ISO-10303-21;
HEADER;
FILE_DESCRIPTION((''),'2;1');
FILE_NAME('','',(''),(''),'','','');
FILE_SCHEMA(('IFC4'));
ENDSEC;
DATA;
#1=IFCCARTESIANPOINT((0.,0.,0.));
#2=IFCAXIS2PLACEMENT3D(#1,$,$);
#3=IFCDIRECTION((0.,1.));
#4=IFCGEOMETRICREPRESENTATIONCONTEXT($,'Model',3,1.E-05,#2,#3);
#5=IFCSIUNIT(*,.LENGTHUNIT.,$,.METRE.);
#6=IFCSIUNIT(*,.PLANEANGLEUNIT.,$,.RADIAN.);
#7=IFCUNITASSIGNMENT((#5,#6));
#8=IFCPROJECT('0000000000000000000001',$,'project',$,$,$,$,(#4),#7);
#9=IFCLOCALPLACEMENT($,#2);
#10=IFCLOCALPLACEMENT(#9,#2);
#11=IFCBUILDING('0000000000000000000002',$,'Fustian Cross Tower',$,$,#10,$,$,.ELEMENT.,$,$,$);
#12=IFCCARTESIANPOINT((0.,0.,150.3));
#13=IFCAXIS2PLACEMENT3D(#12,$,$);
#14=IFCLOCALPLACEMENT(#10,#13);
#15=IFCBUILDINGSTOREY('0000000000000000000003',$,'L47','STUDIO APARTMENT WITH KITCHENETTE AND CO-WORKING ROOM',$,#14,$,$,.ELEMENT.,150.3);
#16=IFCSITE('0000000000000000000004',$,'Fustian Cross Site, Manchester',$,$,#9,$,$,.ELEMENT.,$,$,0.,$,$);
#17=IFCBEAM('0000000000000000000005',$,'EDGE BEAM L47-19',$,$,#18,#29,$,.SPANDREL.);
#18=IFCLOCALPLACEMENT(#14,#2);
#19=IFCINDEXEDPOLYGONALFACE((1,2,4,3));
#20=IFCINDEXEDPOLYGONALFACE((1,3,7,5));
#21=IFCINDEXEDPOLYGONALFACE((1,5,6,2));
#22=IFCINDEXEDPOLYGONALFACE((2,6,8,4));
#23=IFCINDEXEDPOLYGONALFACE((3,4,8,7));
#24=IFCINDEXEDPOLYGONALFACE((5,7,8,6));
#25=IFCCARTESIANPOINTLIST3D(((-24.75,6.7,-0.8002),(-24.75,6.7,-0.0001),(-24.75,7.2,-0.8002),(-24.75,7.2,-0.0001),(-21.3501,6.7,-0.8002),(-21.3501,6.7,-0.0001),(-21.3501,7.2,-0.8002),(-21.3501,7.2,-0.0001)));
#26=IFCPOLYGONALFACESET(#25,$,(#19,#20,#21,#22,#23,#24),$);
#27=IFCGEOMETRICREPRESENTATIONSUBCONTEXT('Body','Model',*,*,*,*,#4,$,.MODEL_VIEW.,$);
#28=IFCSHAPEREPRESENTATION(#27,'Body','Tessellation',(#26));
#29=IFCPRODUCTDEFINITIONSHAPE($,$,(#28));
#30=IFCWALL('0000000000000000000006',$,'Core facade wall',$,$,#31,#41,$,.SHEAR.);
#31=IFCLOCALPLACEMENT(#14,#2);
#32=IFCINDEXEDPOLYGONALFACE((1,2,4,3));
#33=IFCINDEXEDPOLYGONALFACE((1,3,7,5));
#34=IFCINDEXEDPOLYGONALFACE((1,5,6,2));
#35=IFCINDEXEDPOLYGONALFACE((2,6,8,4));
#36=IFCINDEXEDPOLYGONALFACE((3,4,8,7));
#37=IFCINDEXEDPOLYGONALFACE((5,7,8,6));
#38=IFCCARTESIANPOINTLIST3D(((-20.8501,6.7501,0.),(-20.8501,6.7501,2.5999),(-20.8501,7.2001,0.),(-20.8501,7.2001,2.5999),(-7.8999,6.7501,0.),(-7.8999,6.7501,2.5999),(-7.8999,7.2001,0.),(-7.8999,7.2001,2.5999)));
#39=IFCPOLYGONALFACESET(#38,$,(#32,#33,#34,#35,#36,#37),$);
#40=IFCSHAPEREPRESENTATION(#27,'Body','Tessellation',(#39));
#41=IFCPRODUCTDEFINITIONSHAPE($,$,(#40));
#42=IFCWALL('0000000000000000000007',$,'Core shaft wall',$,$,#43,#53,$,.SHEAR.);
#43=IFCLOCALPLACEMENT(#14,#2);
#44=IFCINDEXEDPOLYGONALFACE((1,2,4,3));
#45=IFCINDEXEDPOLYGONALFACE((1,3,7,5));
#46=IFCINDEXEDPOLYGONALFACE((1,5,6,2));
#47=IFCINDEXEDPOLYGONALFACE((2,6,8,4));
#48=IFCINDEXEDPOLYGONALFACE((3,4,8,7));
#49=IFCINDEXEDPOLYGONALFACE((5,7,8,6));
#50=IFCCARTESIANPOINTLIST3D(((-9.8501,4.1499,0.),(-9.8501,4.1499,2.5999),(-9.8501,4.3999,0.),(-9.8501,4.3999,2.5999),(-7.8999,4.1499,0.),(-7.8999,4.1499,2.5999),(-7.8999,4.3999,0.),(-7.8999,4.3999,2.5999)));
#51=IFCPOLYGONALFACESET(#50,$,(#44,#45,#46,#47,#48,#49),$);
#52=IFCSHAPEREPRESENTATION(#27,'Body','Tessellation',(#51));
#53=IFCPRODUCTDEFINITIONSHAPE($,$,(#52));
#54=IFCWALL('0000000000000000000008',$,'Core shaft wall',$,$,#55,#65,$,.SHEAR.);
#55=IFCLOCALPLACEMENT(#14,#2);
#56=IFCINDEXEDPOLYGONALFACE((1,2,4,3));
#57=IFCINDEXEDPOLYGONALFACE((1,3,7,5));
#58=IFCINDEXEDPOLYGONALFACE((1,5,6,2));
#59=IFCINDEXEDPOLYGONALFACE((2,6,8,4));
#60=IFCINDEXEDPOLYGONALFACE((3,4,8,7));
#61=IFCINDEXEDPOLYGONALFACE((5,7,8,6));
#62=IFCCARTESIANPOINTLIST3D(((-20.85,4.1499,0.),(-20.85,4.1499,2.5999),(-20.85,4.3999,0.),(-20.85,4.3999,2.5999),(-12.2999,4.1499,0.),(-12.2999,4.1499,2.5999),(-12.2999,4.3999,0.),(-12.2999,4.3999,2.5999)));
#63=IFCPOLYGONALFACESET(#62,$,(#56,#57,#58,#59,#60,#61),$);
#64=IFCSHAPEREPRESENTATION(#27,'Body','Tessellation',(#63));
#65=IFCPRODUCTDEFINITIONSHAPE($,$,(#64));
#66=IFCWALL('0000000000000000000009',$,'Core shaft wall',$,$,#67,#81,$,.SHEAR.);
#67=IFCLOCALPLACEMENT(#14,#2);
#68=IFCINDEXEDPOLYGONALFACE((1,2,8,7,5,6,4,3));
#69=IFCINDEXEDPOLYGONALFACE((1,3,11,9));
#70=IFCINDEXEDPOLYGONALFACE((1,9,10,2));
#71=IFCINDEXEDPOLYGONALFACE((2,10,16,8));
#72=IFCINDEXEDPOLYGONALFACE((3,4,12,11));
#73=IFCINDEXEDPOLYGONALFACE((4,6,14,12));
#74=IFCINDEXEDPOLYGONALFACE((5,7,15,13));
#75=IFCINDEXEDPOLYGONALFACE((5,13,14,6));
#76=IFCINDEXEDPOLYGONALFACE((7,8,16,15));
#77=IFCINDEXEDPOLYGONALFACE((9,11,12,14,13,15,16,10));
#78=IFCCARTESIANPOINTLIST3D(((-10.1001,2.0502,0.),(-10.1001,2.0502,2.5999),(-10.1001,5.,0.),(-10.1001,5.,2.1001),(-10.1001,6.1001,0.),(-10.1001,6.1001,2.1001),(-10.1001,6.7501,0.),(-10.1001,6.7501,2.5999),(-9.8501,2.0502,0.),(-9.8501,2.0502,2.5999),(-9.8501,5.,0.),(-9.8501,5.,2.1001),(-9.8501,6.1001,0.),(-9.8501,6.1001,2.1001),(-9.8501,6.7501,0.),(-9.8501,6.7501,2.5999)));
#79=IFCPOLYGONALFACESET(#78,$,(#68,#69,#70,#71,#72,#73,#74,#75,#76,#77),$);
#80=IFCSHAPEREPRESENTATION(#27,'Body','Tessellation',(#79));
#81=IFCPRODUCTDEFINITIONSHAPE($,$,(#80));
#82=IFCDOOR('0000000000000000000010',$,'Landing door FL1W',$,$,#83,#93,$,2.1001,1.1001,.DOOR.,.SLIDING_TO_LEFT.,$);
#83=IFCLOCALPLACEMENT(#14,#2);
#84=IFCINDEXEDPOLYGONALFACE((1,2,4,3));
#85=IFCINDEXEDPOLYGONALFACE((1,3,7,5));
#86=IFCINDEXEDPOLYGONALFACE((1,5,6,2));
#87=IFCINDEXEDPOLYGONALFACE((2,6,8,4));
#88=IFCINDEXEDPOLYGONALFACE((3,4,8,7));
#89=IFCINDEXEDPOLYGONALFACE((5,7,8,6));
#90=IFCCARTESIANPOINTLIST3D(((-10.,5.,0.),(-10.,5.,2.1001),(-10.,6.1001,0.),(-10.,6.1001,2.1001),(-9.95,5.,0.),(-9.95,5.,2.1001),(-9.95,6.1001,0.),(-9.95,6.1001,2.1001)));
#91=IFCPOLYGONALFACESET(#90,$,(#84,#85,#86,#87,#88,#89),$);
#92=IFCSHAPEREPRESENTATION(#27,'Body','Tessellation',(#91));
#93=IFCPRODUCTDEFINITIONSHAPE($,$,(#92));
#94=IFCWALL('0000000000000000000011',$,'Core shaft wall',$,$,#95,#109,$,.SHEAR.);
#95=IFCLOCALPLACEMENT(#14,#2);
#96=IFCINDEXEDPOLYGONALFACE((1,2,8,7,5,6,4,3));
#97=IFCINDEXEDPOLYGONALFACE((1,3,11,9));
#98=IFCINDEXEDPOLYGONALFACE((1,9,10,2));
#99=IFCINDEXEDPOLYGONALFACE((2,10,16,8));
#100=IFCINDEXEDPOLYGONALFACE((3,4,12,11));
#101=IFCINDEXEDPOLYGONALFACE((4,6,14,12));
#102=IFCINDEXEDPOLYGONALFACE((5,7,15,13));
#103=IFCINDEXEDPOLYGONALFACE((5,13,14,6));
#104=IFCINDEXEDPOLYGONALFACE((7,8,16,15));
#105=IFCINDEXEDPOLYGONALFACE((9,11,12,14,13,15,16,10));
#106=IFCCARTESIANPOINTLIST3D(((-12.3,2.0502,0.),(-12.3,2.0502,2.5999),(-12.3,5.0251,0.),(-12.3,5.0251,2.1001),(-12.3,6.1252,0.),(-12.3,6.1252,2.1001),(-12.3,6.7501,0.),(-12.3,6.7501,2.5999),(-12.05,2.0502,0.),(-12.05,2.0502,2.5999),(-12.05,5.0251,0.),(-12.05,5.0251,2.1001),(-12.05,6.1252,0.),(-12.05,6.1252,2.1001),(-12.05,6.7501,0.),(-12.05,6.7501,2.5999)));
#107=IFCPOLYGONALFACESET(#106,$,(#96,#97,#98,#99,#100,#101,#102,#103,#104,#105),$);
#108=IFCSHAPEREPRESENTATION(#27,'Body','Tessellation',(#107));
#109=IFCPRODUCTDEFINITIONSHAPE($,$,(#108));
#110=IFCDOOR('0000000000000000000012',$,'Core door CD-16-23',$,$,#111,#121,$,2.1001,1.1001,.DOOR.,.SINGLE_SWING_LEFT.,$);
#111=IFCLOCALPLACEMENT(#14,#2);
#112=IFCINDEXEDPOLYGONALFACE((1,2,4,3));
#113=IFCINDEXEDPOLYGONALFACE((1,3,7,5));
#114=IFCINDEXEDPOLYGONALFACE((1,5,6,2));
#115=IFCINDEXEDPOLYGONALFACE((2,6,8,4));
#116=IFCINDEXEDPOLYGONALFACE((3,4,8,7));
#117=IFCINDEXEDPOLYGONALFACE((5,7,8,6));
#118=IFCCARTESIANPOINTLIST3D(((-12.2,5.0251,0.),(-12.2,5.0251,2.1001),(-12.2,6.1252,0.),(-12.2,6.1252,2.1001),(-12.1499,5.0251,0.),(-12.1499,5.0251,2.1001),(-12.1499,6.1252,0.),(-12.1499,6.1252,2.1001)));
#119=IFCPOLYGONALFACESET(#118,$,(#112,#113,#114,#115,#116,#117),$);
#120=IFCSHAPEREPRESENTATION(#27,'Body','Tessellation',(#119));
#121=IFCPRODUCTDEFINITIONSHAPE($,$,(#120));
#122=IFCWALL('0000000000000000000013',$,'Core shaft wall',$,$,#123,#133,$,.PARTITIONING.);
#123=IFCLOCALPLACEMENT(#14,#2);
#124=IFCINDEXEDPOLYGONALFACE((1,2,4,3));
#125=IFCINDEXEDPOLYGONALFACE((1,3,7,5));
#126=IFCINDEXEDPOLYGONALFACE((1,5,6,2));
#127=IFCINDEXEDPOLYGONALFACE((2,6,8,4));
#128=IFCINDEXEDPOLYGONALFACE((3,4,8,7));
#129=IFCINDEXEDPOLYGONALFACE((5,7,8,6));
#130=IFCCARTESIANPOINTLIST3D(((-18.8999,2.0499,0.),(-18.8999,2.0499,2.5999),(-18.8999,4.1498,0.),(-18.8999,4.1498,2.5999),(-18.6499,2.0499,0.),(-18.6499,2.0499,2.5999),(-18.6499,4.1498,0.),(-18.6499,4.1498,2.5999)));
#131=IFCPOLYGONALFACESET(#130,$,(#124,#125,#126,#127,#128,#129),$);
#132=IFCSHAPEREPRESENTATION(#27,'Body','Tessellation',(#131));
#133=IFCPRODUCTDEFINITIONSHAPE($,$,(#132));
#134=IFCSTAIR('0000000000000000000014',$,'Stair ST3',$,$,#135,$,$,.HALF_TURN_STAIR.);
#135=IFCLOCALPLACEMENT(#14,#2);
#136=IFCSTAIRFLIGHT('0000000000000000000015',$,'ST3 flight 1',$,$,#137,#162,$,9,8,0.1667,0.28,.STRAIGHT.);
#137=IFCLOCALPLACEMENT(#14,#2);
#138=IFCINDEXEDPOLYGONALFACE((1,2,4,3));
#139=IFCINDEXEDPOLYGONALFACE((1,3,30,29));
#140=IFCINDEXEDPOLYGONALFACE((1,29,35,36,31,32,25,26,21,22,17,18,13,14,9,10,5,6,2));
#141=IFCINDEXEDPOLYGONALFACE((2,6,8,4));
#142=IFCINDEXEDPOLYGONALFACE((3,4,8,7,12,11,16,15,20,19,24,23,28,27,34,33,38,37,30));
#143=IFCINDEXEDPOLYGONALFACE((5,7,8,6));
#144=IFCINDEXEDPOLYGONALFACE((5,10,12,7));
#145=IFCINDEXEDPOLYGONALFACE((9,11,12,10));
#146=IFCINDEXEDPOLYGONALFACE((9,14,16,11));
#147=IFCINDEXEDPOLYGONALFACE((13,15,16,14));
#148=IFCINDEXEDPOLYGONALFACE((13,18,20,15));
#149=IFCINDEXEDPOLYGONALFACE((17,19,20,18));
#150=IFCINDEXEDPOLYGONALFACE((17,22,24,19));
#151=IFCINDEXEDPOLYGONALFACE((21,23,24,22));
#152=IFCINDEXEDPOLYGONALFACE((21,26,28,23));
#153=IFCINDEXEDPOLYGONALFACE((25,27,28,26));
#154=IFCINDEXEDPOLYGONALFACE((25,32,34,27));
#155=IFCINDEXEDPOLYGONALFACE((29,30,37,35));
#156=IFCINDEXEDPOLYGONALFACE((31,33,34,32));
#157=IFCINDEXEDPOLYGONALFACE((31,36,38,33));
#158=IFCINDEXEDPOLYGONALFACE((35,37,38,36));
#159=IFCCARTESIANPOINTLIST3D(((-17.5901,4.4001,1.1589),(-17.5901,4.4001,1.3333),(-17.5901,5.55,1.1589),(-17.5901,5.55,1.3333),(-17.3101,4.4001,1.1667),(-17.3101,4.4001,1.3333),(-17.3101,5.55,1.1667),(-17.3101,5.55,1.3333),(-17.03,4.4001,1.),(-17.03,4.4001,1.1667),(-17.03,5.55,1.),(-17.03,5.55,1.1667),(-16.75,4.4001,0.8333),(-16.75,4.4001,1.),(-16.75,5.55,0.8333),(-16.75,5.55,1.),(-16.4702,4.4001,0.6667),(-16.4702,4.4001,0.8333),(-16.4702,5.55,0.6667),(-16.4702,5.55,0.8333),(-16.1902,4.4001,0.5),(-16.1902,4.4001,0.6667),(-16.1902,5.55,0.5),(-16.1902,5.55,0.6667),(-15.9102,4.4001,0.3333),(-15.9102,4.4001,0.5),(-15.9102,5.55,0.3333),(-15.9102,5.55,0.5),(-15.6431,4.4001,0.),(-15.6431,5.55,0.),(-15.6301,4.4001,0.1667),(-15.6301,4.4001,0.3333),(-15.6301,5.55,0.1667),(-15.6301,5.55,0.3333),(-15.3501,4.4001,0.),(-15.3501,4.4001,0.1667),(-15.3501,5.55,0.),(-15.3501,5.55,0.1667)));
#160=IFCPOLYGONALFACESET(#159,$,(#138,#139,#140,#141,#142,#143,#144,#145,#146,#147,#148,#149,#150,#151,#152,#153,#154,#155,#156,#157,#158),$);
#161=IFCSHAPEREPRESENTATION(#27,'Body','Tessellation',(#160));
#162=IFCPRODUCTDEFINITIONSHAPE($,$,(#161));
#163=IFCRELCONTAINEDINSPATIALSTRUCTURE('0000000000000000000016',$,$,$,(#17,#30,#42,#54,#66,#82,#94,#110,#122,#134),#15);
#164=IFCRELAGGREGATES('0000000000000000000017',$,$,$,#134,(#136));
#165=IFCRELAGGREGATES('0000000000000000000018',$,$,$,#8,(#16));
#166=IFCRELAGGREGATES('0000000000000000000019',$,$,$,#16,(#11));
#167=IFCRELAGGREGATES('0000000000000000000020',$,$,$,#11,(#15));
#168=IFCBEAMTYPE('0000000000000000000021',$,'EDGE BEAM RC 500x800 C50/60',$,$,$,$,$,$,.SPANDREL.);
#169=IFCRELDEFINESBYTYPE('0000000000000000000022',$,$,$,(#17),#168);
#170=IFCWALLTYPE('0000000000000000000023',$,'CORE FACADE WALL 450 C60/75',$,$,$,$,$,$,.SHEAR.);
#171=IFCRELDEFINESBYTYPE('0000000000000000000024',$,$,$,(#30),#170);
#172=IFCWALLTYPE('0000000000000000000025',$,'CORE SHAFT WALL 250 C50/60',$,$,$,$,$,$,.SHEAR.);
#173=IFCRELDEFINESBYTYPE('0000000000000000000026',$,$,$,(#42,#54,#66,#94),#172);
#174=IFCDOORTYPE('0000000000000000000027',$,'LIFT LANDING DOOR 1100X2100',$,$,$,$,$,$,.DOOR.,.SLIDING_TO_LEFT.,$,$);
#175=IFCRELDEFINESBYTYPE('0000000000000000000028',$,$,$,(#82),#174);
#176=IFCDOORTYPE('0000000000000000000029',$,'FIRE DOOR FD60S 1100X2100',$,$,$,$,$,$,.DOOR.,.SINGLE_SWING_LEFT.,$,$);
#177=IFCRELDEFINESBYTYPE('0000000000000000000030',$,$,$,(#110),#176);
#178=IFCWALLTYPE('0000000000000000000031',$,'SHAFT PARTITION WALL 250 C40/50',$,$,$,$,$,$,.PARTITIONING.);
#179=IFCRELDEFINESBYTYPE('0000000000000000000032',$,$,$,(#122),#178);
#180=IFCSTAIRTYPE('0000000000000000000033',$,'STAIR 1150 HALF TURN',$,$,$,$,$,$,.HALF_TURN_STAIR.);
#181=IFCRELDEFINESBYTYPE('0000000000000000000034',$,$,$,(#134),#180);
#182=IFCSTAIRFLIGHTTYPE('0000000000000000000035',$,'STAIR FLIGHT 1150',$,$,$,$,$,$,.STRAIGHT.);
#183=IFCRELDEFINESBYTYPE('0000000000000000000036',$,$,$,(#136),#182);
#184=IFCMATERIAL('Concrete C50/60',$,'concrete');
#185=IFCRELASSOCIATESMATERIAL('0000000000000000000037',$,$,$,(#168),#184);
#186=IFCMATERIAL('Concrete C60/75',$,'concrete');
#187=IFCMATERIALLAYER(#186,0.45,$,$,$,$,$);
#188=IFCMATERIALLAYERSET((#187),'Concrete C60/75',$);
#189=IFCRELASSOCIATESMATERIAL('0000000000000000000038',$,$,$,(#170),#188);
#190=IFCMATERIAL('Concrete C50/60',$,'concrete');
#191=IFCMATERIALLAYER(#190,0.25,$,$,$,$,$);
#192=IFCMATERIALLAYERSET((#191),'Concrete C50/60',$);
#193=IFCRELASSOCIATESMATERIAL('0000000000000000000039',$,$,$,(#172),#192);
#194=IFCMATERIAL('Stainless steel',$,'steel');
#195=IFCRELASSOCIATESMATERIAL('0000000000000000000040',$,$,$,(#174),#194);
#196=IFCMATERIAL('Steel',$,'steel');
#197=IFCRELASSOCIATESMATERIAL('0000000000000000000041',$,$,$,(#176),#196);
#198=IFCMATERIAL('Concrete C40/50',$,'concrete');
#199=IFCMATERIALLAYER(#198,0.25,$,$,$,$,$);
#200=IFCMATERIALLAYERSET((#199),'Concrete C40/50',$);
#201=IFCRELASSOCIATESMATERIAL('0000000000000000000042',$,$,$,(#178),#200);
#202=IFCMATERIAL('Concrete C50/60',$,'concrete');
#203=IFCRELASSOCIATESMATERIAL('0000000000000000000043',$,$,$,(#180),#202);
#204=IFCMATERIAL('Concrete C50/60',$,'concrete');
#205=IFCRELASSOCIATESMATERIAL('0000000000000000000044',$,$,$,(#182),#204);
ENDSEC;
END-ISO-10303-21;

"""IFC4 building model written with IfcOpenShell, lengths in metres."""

from ifc_helpers import new_model, si_unit, direction, frame, frame_2d, origin, origin_2d, place, context, subcontext, project, spatial, polyline, rectangle, outline, extrude, material, layer, layer_set, material_profile, profile_set, type_object, element, fill, aggregate, save


model = new_model("IFC4")

# Units and contexts
model_context = context("Model", 3, precision=1e-05, world=origin(), true_north=direction((0.0, 1.0)))
body_context = subcontext(model_context, "Body", "Model", "MODEL_VIEW")
ifc_project = project(units=[si_unit("LENGTHUNIT", "METRE"), si_unit("PLANEANGLEUNIT", "RADIAN")], contexts=[model_context])

# Site, building, storey
site_placement = place(None, origin())
site = spatial("IfcSite", under=ifc_project, at=site_placement, Name="Fustian Cross Site, Manchester", CompositionType="ELEMENT", RefElevation=0.0)
building_placement = place(site_placement, origin())
building = spatial("IfcBuilding", under=site, at=building_placement, Name="Fustian Cross Tower", CompositionType="ELEMENT")
storey_placement = place(building_placement, frame((0.0, 0.0, 150.3)))
storey = spatial("IfcBuildingStorey", under=building, at=storey_placement, Name="L47", Description="STUDIO APARTMENT WITH KITCHENETTE AND CO-WORKING ROOM", CompositionType="ELEMENT", Elevation=150.3)

# Beam
ifc_material_1 = material(Name="Concrete C50/60", Category="concrete")
ifc_material_profile = material_profile(ifc_material_1, rectangle(XDim=0.5, YDim=0.8, at=origin_2d()), Name="RC 500x800")
ifc_profile_set = profile_set([ifc_material_profile], Name="Concrete C50/60")
beam_type = type_object("IfcBeamType", Name="EDGE BEAM RC 500x800 C50/60", PredefinedType="SPANDREL", material=ifc_profile_set)
beam_placement = place(storey_placement, frame((-21.3501, 6.95, -0.4001), z_axis=(-1.0, 0.0, 0.0), x_axis=(0.0, -1.0, 0.0)))
element("IfcBeam", 1, at=beam_placement, inside=storey, type_object=beam_type, Name="EDGE BEAM L47-19", PredefinedType="SPANDREL", context=body_context, shape_type="SweptSolid", body=[
    extrude(rectangle(XDim=0.5, YDim=0.8, at=origin_2d()), origin(), (0.0, 0.0, 1.0), 3.3999),
])

# Walls
ifc_material_2 = material(Name="Concrete C60/75", Category="concrete")
ifc_layer_1 = layer(ifc_material_2, 0.45)
ifc_layer_set_1 = layer_set([ifc_layer_1], Name="Concrete C60/75")
wall_type_1 = type_object("IfcWallType", Name="CORE FACADE WALL 450 C60/75", PredefinedType="SHEAR", material=ifc_layer_set_1)
wall_1_placement = place(storey_placement, frame((-7.8999, 6.9751, 0.0), z_axis=(0.0, 0.0, 1.0), x_axis=(-1.0, 0.0, 0.0)))
element("IfcWall", 2, at=wall_1_placement, inside=storey, type_object=wall_type_1, Name="Core facade wall", PredefinedType="SHEAR", context=body_context, shape_type="SweptSolid", body=[
    extrude(rectangle(XDim=12.9502, YDim=0.45, at=frame_2d((6.4751, 0.0))), origin(), (0.0, 0.0, 1.0), 2.5999),
])
ifc_material_3 = material(Name="Concrete C50/60", Category="concrete")
ifc_layer_2 = layer(ifc_material_3, 0.25)
ifc_layer_set_2 = layer_set([ifc_layer_2], Name="Concrete C50/60")
wall_type_2 = type_object("IfcWallType", Name="CORE SHAFT WALL 250 C50/60", PredefinedType="SHEAR", material=ifc_layer_set_2)
wall_2_placement = place(storey_placement, frame((-7.8999, 4.2749, 0.0), z_axis=(0.0, 0.0, 1.0), x_axis=(-1.0, 0.0, 0.0)))
element("IfcWall", 3, at=wall_2_placement, inside=storey, type_object=wall_type_2, Name="Core shaft wall", PredefinedType="SHEAR", context=body_context, shape_type="SweptSolid", body=[
    extrude(rectangle(XDim=1.9502, YDim=0.25, at=frame_2d((0.9751, 0.0))), origin(), (0.0, 0.0, 1.0), 2.5999),
])
wall_3_placement = place(storey_placement, frame((-12.3, 4.2749, 0.0), z_axis=(0.0, 0.0, 1.0), x_axis=(-1.0, 0.0, 0.0)))
element("IfcWall", 4, at=wall_3_placement, inside=storey, type_object=wall_type_2, Name="Core shaft wall", PredefinedType="SHEAR", context=body_context, shape_type="SweptSolid", body=[
    extrude(rectangle(XDim=8.55, YDim=0.25, at=frame_2d((4.2749, 0.0))), origin(), (0.0, 0.0, 1.0), 2.5999),
])

# Walls, openings, doors
wall_4_placement = place(storey_placement, frame((-9.9751, 2.05, 0.0), z_axis=(0.0, 0.0, 1.0), x_axis=(0.0, 1.0, 0.0)))
wall_4 = element("IfcWall", 5, at=wall_4_placement, inside=storey, type_object=wall_type_2, Name="Core shaft wall", PredefinedType="SHEAR", context=body_context, shape_type="SweptSolid", body=[
    extrude(rectangle(XDim=4.7, YDim=0.25, at=frame_2d((2.3501, 0.0))), origin(), (0.0, 0.0, 1.0), 2.5999),
])
opening_1_placement = place(wall_4_placement, frame((2.95, 0.0, 0.0)))
opening_1 = element("IfcOpeningElement", 6, at=opening_1_placement, cuts=wall_4, PredefinedType="OPENING", context=body_context, shape_type="SweptSolid", body=[
    extrude(rectangle(XDim=1.1001, YDim=2.1001, at=frame_2d((0.55, 1.05))), frame((0.0, 0.135, 0.0), z_axis=(0.0, -1.0, 0.0), x_axis=(1.0, 0.0, 0.0)), (0.0, 0.0, 1.0), 0.27),
])
ifc_material_4 = material(Name="Stainless steel", Category="steel")
door_type_1 = type_object("IfcDoorType", Name="LIFT LANDING DOOR 1100X2100", OperationType="SLIDING_TO_LEFT", PredefinedType="DOOR", material=ifc_material_4)
door_1_placement = place(opening_1_placement, origin())
door_1 = element("IfcDoor", 7, at=door_1_placement, inside=storey, type_object=door_type_1, Name="Landing door FL1W", OperationType="SLIDING_TO_LEFT", OverallHeight=2.1001, OverallWidth=1.1001, PredefinedType="DOOR", context=body_context, shape_type="SweptSolid", body=[
    extrude(rectangle(XDim=1.1001, YDim=2.1001, at=frame_2d((0.55, 1.05))), frame((0.0, 0.0249, 0.0), z_axis=(0.0, -1.0, 0.0), x_axis=(1.0, 0.0, 0.0)), (0.0, 0.0, 1.0), 0.05),
])
fill(opening_1, door_1)
wall_5_placement = place(storey_placement, frame((-12.175, 2.05, 0.0), z_axis=(0.0, 0.0, 1.0), x_axis=(0.0, 1.0, 0.0)))
wall_5 = element("IfcWall", 8, at=wall_5_placement, inside=storey, type_object=wall_type_2, Name="Core shaft wall", PredefinedType="SHEAR", context=body_context, shape_type="SweptSolid", body=[
    extrude(rectangle(XDim=4.7, YDim=0.25, at=frame_2d((2.3501, 0.0))), origin(), (0.0, 0.0, 1.0), 2.5999),
])
opening_2_placement = place(wall_5_placement, frame((2.9751, 0.0, 0.0)))
opening_2 = element("IfcOpeningElement", 9, at=opening_2_placement, cuts=wall_5, PredefinedType="OPENING", context=body_context, shape_type="SweptSolid", body=[
    extrude(rectangle(XDim=1.1001, YDim=2.1001, at=frame_2d((0.55, 1.05))), frame((0.0, 0.135, 0.0), z_axis=(0.0, -1.0, 0.0), x_axis=(1.0, 0.0, 0.0)), (0.0, 0.0, 1.0), 0.27),
])
ifc_material_5 = material(Name="Steel", Category="steel")
door_type_2 = type_object("IfcDoorType", Name="FIRE DOOR FD60S 1100X2100", OperationType="SINGLE_SWING_LEFT", PredefinedType="DOOR", material=ifc_material_5)
door_2_placement = place(opening_2_placement, origin())
door_2 = element("IfcDoor", 10, at=door_2_placement, inside=storey, type_object=door_type_2, Name="Core door CD-16-23", OperationType="SINGLE_SWING_LEFT", OverallHeight=2.1001, OverallWidth=1.1001, PredefinedType="DOOR", context=body_context, shape_type="SweptSolid", body=[
    extrude(rectangle(XDim=1.1001, YDim=2.1001, at=frame_2d((0.55, 1.05))), frame((0.0, 0.0249, 0.0), z_axis=(0.0, -1.0, 0.0), x_axis=(1.0, 0.0, 0.0)), (0.0, 0.0, 1.0), 0.05),
])
fill(opening_2, door_2)

# Wall
ifc_material_6 = material(Name="Concrete C40/50", Category="concrete")
ifc_layer_3 = layer(ifc_material_6, 0.25)
ifc_layer_set_3 = layer_set([ifc_layer_3], Name="Concrete C40/50")
wall_type_3 = type_object("IfcWallType", Name="SHAFT PARTITION WALL 250 C40/50", PredefinedType="PARTITIONING", material=ifc_layer_set_3)
wall_6_placement = place(storey_placement, frame((-18.7749, 2.05, 0.0), z_axis=(0.0, 0.0, 1.0), x_axis=(0.0, 1.0, 0.0)))
element("IfcWall", 11, at=wall_6_placement, inside=storey, type_object=wall_type_3, Name="Core shaft wall", PredefinedType="PARTITIONING", context=body_context, shape_type="SweptSolid", body=[
    extrude(rectangle(XDim=2.0999, YDim=0.25, at=frame_2d((1.0498, 0.0))), origin(), (0.0, 0.0, 1.0), 2.5999),
])

# Stair, stair flight
ifc_material_7 = material(Name="Concrete C50/60", Category="concrete")
stair_type = type_object("IfcStairType", Name="STAIR 1150 HALF TURN", PredefinedType="HALF_TURN_STAIR", material=ifc_material_7)
stair_placement = place(storey_placement, origin())
stair = element("IfcStair", 12, at=stair_placement, inside=storey, type_object=stair_type, Name="Stair ST3", PredefinedType="HALF_TURN_STAIR")
ifc_material_8 = material(Name="Concrete C50/60", Category="concrete")
stair_flight_type = type_object("IfcStairFlightType", Name="STAIR FLIGHT 1150", PredefinedType="STRAIGHT", material=ifc_material_8)
stair_flight_1_placement = place(storey_placement, frame((-15.3501, 4.9751, 0.0), z_axis=(0.0, 0.0, 1.0), x_axis=(-1.0, 0.0, 0.0)))
stair_flight_1 = element("IfcStairFlight", 13, at=stair_flight_1_placement, type_object=stair_flight_type, Name="ST3 flight 1", NumberOfRisers=9, NumberOfTreads=8, PredefinedType="STRAIGHT", RiserHeight=0.1667, TreadLength=0.28, context=body_context, shape_type="SweptSolid", body=[
    extrude(outline(polyline([(0.0, 0.0), (0.0, 0.1667), (0.28, 0.1667), (0.28, 0.3333), (0.5601, 0.3333), (0.5601, 0.5), (0.8401, 0.5), (0.8401, 0.6667), (1.1201, 0.6667), (1.1201, 0.8333), (1.3999, 0.8333), (1.3999, 1.0), (1.6799, 1.0), (1.6799, 1.1667), (1.96, 1.1667), (1.96, 1.3333), (2.24, 1.3333), (2.24, 1.5), (2.24, 1.1589), (0.293, 0.0), (0.0, 0.0)])), frame((0.0, 0.575, 0.0), z_axis=(0.0, -1.0, 0.0), x_axis=(1.0, 0.0, 0.0)), (0.0, 0.0, 1.0), 1.1499),
])
aggregate(stair, [stair_flight_1])

save(model, "model.ifc")
